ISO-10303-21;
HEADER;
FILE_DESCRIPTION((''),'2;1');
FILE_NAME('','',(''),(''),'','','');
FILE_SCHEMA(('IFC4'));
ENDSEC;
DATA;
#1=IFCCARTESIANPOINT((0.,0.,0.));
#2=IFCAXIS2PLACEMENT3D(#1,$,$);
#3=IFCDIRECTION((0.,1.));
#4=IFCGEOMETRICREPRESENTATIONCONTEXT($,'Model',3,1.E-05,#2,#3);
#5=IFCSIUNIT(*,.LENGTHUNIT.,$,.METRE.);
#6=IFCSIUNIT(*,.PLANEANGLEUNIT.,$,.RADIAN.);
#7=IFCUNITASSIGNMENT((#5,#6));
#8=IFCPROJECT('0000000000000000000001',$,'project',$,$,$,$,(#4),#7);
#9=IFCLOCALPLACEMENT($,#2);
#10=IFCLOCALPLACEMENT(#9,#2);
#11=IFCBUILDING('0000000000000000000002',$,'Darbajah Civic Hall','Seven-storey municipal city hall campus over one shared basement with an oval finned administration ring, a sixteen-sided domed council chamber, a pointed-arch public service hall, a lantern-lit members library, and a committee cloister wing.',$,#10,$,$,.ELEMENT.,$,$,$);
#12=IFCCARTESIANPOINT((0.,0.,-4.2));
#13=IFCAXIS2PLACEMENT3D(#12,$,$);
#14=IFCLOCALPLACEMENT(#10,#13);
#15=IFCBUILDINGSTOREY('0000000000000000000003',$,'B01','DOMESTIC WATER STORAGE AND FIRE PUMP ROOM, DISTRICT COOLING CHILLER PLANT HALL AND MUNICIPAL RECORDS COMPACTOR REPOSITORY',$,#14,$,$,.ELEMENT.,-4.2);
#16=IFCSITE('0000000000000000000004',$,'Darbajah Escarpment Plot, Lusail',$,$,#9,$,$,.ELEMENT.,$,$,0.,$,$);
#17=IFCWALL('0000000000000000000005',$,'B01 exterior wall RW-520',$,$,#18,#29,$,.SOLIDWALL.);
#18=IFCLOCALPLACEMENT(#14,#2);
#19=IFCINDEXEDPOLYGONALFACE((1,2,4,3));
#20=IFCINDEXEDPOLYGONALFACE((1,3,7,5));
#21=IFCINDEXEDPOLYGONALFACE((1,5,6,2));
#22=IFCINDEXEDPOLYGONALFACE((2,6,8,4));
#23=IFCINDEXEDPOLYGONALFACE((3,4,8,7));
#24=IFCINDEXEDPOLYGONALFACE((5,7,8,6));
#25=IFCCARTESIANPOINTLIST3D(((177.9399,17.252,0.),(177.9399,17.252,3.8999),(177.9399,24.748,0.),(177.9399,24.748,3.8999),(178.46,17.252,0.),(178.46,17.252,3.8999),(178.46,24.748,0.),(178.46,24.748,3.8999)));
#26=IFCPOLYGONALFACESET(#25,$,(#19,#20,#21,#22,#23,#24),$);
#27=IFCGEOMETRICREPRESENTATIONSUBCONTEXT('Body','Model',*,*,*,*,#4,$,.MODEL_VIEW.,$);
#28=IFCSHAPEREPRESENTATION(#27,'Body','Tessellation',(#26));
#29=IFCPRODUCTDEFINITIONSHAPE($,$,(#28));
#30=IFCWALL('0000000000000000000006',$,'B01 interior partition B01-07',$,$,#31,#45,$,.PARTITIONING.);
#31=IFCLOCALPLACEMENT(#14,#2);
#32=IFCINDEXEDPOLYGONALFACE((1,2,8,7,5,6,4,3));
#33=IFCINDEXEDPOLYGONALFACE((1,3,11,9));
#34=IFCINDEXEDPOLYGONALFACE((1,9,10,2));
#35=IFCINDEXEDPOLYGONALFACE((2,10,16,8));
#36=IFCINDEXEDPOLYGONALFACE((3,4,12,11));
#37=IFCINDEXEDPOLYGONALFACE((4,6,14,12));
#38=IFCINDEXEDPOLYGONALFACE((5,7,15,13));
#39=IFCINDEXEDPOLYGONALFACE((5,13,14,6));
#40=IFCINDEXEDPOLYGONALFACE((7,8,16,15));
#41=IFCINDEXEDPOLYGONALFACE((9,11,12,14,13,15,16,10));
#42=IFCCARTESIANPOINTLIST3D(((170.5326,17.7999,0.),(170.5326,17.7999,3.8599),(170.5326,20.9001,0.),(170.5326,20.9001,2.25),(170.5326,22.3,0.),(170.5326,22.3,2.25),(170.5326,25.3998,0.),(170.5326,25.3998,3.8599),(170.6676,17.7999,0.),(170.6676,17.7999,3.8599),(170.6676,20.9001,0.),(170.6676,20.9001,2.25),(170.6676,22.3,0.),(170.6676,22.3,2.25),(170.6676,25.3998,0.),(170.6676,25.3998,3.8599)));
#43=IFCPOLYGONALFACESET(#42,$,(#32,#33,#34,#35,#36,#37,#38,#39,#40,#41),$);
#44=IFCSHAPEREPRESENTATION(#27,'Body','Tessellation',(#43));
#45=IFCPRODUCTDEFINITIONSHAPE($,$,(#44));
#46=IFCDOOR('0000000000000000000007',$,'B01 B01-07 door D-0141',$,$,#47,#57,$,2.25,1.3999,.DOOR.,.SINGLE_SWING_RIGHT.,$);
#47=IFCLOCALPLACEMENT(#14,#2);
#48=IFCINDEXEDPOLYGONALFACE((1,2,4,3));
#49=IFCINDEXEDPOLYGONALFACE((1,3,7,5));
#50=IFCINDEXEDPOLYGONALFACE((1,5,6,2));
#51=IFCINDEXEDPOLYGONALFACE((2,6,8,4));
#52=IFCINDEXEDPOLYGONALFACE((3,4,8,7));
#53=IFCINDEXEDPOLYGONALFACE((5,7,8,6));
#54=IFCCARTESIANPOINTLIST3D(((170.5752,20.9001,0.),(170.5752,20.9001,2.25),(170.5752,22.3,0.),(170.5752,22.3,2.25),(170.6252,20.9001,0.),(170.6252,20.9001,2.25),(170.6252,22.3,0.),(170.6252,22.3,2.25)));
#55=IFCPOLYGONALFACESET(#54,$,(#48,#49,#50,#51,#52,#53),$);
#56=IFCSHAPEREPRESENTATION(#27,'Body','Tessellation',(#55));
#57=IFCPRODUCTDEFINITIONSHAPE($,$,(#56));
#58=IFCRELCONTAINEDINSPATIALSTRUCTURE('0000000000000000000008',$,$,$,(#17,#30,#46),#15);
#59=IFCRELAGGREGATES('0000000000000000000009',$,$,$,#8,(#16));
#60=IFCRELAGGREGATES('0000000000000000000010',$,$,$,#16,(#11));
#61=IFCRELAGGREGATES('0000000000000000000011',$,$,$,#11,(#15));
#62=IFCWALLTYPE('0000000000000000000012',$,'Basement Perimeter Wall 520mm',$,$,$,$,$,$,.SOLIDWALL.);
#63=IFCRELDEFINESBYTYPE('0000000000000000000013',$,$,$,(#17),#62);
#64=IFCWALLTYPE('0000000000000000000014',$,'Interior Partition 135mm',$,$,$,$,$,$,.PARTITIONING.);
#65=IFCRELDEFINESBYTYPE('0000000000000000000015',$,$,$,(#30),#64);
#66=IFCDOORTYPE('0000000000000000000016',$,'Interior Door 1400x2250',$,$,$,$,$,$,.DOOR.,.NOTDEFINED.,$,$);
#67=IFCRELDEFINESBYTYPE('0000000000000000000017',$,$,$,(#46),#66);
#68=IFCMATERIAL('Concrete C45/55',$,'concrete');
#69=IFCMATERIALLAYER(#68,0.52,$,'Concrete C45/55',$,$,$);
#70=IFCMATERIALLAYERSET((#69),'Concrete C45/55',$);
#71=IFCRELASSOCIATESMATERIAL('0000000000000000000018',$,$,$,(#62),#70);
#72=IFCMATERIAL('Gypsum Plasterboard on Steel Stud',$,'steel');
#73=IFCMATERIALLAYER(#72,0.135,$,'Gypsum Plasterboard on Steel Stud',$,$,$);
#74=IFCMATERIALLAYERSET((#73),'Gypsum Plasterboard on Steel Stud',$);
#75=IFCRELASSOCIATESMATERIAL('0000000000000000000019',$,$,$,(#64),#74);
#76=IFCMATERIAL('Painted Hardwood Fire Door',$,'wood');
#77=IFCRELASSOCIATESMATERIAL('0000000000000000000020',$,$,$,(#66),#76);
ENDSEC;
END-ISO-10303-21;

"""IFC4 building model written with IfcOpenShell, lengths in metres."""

from ifc_helpers import new_model, si_unit, direction, frame, frame_2d, origin, place, context, subcontext, project, spatial, rectangle, extrude, material, layer, layer_set, type_object, element, fill, save


model = new_model("IFC4")

# Units and contexts
model_context = context("Model", 3, precision=1e-05, world=origin(), true_north=direction((0.0, 1.0)))
body_context = subcontext(model_context, "Body", "Model", "MODEL_VIEW")
ifc_project = project(units=[si_unit("LENGTHUNIT", "METRE"), si_unit("PLANEANGLEUNIT", "RADIAN")], contexts=[model_context])

# Site, building, storey
site_placement = place(None, origin())
site = spatial("IfcSite", under=ifc_project, at=site_placement, Name="Darbajah Escarpment Plot, Lusail", CompositionType="ELEMENT", RefElevation=0.0)
building_placement = place(site_placement, origin())
building = spatial("IfcBuilding", under=site, at=building_placement, Name="Darbajah Civic Hall", Description="Seven-storey municipal city hall campus over one shared basement with an oval finned administration ring, a sixteen-sided domed council chamber, a pointed-arch public service hall, a lantern-lit members library, and a committee cloister wing.", CompositionType="ELEMENT")
storey_placement = place(building_placement, frame((0.0, 0.0, -4.2)))
storey = spatial("IfcBuildingStorey", under=building, at=storey_placement, Name="B01", Description="DOMESTIC WATER STORAGE AND FIRE PUMP ROOM, DISTRICT COOLING CHILLER PLANT HALL AND MUNICIPAL RECORDS COMPACTOR REPOSITORY", CompositionType="ELEMENT", Elevation=-4.2)

# Shared definitions
ifc_material_1 = material(Name="Concrete C45/55", Category="concrete")

# Wall
ifc_layer_1 = layer(ifc_material_1, 0.52, Name="Concrete C45/55")
ifc_layer_set_1 = layer_set([ifc_layer_1], Name="Concrete C45/55")
wall_type_1 = type_object("IfcWallType", Name="Basement Perimeter Wall 520mm", PredefinedType="SOLIDWALL", material=ifc_layer_set_1)
wall_1_placement = place(storey_placement, frame((178.2, 17.252, 0.0), z_axis=(0.0, 0.0, 1.0), x_axis=(0.0, 1.0, 0.0)))
element("IfcWall", 1, at=wall_1_placement, inside=storey, type_object=wall_type_1, Name="B01 exterior wall RW-520", PredefinedType="SOLIDWALL", context=body_context, shape_type="SweptSolid", body=[
    extrude(rectangle(XDim=7.4961, YDim=0.52, at=frame_2d((3.748, 0.0))), origin(), (0.0, 0.0, 1.0), 3.8999),
])

# Wall, opening, door
ifc_material_2 = material(Name="Gypsum Plasterboard on Steel Stud", Category="steel")
ifc_layer_2 = layer(ifc_material_2, 0.135, Name="Gypsum Plasterboard on Steel Stud")
ifc_layer_set_2 = layer_set([ifc_layer_2], Name="Gypsum Plasterboard on Steel Stud")
wall_type_2 = type_object("IfcWallType", Name="Interior Partition 135mm", PredefinedType="PARTITIONING", material=ifc_layer_set_2)
wall_2_placement = place(storey_placement, frame((170.6001, 17.8, 0.0), z_axis=(0.0, 0.0, 1.0), x_axis=(0.0, 1.0, 0.0)))
wall_2 = element("IfcWall", 2, at=wall_2_placement, inside=storey, type_object=wall_type_2, Name="B01 interior partition B01-07", PredefinedType="PARTITIONING", context=body_context, shape_type="SweptSolid", body=[
    extrude(rectangle(XDim=7.5999, YDim=0.135, at=frame_2d((3.7998, 0.0))), origin(), (0.0, 0.0, 1.0), 3.8599),
])
opening_placement = place(wall_2_placement, frame((3.1001, 0.0, 0.0)))
opening = element("IfcOpeningElement", 3, at=opening_placement, cuts=wall_2, PredefinedType="OPENING", context=body_context, shape_type="SweptSolid", body=[
    extrude(rectangle(XDim=1.3999, YDim=2.25, at=frame_2d((0.7, 1.125))), frame((0.0, 0.0774, 0.0), z_axis=(0.0, -1.0, 0.0), x_axis=(1.0, 0.0, 0.0)), (0.0, 0.0, 1.0), 0.155),
])
ifc_material_3 = material(Name="Painted Hardwood Fire Door", Category="wood")
door_type = type_object("IfcDoorType", Name="Interior Door 1400x2250", OperationType="NOTDEFINED", PredefinedType="DOOR", material=ifc_material_3)
door_placement = place(opening_placement, origin())
door = element("IfcDoor", 4, at=door_placement, inside=storey, type_object=door_type, Name="B01 B01-07 door D-0141", OperationType="SINGLE_SWING_RIGHT", OverallHeight=2.25, OverallWidth=1.3999, PredefinedType="DOOR", context=body_context, shape_type="SweptSolid", body=[
    extrude(rectangle(XDim=1.3999, YDim=2.25, at=frame_2d((0.7, 1.125))), frame((0.0, 0.0249, 0.0), z_axis=(0.0, -1.0, 0.0), x_axis=(1.0, 0.0, 0.0)), (0.0, 0.0, 1.0), 0.05),
])
fill(opening, door)

save(model, "model.ifc")
